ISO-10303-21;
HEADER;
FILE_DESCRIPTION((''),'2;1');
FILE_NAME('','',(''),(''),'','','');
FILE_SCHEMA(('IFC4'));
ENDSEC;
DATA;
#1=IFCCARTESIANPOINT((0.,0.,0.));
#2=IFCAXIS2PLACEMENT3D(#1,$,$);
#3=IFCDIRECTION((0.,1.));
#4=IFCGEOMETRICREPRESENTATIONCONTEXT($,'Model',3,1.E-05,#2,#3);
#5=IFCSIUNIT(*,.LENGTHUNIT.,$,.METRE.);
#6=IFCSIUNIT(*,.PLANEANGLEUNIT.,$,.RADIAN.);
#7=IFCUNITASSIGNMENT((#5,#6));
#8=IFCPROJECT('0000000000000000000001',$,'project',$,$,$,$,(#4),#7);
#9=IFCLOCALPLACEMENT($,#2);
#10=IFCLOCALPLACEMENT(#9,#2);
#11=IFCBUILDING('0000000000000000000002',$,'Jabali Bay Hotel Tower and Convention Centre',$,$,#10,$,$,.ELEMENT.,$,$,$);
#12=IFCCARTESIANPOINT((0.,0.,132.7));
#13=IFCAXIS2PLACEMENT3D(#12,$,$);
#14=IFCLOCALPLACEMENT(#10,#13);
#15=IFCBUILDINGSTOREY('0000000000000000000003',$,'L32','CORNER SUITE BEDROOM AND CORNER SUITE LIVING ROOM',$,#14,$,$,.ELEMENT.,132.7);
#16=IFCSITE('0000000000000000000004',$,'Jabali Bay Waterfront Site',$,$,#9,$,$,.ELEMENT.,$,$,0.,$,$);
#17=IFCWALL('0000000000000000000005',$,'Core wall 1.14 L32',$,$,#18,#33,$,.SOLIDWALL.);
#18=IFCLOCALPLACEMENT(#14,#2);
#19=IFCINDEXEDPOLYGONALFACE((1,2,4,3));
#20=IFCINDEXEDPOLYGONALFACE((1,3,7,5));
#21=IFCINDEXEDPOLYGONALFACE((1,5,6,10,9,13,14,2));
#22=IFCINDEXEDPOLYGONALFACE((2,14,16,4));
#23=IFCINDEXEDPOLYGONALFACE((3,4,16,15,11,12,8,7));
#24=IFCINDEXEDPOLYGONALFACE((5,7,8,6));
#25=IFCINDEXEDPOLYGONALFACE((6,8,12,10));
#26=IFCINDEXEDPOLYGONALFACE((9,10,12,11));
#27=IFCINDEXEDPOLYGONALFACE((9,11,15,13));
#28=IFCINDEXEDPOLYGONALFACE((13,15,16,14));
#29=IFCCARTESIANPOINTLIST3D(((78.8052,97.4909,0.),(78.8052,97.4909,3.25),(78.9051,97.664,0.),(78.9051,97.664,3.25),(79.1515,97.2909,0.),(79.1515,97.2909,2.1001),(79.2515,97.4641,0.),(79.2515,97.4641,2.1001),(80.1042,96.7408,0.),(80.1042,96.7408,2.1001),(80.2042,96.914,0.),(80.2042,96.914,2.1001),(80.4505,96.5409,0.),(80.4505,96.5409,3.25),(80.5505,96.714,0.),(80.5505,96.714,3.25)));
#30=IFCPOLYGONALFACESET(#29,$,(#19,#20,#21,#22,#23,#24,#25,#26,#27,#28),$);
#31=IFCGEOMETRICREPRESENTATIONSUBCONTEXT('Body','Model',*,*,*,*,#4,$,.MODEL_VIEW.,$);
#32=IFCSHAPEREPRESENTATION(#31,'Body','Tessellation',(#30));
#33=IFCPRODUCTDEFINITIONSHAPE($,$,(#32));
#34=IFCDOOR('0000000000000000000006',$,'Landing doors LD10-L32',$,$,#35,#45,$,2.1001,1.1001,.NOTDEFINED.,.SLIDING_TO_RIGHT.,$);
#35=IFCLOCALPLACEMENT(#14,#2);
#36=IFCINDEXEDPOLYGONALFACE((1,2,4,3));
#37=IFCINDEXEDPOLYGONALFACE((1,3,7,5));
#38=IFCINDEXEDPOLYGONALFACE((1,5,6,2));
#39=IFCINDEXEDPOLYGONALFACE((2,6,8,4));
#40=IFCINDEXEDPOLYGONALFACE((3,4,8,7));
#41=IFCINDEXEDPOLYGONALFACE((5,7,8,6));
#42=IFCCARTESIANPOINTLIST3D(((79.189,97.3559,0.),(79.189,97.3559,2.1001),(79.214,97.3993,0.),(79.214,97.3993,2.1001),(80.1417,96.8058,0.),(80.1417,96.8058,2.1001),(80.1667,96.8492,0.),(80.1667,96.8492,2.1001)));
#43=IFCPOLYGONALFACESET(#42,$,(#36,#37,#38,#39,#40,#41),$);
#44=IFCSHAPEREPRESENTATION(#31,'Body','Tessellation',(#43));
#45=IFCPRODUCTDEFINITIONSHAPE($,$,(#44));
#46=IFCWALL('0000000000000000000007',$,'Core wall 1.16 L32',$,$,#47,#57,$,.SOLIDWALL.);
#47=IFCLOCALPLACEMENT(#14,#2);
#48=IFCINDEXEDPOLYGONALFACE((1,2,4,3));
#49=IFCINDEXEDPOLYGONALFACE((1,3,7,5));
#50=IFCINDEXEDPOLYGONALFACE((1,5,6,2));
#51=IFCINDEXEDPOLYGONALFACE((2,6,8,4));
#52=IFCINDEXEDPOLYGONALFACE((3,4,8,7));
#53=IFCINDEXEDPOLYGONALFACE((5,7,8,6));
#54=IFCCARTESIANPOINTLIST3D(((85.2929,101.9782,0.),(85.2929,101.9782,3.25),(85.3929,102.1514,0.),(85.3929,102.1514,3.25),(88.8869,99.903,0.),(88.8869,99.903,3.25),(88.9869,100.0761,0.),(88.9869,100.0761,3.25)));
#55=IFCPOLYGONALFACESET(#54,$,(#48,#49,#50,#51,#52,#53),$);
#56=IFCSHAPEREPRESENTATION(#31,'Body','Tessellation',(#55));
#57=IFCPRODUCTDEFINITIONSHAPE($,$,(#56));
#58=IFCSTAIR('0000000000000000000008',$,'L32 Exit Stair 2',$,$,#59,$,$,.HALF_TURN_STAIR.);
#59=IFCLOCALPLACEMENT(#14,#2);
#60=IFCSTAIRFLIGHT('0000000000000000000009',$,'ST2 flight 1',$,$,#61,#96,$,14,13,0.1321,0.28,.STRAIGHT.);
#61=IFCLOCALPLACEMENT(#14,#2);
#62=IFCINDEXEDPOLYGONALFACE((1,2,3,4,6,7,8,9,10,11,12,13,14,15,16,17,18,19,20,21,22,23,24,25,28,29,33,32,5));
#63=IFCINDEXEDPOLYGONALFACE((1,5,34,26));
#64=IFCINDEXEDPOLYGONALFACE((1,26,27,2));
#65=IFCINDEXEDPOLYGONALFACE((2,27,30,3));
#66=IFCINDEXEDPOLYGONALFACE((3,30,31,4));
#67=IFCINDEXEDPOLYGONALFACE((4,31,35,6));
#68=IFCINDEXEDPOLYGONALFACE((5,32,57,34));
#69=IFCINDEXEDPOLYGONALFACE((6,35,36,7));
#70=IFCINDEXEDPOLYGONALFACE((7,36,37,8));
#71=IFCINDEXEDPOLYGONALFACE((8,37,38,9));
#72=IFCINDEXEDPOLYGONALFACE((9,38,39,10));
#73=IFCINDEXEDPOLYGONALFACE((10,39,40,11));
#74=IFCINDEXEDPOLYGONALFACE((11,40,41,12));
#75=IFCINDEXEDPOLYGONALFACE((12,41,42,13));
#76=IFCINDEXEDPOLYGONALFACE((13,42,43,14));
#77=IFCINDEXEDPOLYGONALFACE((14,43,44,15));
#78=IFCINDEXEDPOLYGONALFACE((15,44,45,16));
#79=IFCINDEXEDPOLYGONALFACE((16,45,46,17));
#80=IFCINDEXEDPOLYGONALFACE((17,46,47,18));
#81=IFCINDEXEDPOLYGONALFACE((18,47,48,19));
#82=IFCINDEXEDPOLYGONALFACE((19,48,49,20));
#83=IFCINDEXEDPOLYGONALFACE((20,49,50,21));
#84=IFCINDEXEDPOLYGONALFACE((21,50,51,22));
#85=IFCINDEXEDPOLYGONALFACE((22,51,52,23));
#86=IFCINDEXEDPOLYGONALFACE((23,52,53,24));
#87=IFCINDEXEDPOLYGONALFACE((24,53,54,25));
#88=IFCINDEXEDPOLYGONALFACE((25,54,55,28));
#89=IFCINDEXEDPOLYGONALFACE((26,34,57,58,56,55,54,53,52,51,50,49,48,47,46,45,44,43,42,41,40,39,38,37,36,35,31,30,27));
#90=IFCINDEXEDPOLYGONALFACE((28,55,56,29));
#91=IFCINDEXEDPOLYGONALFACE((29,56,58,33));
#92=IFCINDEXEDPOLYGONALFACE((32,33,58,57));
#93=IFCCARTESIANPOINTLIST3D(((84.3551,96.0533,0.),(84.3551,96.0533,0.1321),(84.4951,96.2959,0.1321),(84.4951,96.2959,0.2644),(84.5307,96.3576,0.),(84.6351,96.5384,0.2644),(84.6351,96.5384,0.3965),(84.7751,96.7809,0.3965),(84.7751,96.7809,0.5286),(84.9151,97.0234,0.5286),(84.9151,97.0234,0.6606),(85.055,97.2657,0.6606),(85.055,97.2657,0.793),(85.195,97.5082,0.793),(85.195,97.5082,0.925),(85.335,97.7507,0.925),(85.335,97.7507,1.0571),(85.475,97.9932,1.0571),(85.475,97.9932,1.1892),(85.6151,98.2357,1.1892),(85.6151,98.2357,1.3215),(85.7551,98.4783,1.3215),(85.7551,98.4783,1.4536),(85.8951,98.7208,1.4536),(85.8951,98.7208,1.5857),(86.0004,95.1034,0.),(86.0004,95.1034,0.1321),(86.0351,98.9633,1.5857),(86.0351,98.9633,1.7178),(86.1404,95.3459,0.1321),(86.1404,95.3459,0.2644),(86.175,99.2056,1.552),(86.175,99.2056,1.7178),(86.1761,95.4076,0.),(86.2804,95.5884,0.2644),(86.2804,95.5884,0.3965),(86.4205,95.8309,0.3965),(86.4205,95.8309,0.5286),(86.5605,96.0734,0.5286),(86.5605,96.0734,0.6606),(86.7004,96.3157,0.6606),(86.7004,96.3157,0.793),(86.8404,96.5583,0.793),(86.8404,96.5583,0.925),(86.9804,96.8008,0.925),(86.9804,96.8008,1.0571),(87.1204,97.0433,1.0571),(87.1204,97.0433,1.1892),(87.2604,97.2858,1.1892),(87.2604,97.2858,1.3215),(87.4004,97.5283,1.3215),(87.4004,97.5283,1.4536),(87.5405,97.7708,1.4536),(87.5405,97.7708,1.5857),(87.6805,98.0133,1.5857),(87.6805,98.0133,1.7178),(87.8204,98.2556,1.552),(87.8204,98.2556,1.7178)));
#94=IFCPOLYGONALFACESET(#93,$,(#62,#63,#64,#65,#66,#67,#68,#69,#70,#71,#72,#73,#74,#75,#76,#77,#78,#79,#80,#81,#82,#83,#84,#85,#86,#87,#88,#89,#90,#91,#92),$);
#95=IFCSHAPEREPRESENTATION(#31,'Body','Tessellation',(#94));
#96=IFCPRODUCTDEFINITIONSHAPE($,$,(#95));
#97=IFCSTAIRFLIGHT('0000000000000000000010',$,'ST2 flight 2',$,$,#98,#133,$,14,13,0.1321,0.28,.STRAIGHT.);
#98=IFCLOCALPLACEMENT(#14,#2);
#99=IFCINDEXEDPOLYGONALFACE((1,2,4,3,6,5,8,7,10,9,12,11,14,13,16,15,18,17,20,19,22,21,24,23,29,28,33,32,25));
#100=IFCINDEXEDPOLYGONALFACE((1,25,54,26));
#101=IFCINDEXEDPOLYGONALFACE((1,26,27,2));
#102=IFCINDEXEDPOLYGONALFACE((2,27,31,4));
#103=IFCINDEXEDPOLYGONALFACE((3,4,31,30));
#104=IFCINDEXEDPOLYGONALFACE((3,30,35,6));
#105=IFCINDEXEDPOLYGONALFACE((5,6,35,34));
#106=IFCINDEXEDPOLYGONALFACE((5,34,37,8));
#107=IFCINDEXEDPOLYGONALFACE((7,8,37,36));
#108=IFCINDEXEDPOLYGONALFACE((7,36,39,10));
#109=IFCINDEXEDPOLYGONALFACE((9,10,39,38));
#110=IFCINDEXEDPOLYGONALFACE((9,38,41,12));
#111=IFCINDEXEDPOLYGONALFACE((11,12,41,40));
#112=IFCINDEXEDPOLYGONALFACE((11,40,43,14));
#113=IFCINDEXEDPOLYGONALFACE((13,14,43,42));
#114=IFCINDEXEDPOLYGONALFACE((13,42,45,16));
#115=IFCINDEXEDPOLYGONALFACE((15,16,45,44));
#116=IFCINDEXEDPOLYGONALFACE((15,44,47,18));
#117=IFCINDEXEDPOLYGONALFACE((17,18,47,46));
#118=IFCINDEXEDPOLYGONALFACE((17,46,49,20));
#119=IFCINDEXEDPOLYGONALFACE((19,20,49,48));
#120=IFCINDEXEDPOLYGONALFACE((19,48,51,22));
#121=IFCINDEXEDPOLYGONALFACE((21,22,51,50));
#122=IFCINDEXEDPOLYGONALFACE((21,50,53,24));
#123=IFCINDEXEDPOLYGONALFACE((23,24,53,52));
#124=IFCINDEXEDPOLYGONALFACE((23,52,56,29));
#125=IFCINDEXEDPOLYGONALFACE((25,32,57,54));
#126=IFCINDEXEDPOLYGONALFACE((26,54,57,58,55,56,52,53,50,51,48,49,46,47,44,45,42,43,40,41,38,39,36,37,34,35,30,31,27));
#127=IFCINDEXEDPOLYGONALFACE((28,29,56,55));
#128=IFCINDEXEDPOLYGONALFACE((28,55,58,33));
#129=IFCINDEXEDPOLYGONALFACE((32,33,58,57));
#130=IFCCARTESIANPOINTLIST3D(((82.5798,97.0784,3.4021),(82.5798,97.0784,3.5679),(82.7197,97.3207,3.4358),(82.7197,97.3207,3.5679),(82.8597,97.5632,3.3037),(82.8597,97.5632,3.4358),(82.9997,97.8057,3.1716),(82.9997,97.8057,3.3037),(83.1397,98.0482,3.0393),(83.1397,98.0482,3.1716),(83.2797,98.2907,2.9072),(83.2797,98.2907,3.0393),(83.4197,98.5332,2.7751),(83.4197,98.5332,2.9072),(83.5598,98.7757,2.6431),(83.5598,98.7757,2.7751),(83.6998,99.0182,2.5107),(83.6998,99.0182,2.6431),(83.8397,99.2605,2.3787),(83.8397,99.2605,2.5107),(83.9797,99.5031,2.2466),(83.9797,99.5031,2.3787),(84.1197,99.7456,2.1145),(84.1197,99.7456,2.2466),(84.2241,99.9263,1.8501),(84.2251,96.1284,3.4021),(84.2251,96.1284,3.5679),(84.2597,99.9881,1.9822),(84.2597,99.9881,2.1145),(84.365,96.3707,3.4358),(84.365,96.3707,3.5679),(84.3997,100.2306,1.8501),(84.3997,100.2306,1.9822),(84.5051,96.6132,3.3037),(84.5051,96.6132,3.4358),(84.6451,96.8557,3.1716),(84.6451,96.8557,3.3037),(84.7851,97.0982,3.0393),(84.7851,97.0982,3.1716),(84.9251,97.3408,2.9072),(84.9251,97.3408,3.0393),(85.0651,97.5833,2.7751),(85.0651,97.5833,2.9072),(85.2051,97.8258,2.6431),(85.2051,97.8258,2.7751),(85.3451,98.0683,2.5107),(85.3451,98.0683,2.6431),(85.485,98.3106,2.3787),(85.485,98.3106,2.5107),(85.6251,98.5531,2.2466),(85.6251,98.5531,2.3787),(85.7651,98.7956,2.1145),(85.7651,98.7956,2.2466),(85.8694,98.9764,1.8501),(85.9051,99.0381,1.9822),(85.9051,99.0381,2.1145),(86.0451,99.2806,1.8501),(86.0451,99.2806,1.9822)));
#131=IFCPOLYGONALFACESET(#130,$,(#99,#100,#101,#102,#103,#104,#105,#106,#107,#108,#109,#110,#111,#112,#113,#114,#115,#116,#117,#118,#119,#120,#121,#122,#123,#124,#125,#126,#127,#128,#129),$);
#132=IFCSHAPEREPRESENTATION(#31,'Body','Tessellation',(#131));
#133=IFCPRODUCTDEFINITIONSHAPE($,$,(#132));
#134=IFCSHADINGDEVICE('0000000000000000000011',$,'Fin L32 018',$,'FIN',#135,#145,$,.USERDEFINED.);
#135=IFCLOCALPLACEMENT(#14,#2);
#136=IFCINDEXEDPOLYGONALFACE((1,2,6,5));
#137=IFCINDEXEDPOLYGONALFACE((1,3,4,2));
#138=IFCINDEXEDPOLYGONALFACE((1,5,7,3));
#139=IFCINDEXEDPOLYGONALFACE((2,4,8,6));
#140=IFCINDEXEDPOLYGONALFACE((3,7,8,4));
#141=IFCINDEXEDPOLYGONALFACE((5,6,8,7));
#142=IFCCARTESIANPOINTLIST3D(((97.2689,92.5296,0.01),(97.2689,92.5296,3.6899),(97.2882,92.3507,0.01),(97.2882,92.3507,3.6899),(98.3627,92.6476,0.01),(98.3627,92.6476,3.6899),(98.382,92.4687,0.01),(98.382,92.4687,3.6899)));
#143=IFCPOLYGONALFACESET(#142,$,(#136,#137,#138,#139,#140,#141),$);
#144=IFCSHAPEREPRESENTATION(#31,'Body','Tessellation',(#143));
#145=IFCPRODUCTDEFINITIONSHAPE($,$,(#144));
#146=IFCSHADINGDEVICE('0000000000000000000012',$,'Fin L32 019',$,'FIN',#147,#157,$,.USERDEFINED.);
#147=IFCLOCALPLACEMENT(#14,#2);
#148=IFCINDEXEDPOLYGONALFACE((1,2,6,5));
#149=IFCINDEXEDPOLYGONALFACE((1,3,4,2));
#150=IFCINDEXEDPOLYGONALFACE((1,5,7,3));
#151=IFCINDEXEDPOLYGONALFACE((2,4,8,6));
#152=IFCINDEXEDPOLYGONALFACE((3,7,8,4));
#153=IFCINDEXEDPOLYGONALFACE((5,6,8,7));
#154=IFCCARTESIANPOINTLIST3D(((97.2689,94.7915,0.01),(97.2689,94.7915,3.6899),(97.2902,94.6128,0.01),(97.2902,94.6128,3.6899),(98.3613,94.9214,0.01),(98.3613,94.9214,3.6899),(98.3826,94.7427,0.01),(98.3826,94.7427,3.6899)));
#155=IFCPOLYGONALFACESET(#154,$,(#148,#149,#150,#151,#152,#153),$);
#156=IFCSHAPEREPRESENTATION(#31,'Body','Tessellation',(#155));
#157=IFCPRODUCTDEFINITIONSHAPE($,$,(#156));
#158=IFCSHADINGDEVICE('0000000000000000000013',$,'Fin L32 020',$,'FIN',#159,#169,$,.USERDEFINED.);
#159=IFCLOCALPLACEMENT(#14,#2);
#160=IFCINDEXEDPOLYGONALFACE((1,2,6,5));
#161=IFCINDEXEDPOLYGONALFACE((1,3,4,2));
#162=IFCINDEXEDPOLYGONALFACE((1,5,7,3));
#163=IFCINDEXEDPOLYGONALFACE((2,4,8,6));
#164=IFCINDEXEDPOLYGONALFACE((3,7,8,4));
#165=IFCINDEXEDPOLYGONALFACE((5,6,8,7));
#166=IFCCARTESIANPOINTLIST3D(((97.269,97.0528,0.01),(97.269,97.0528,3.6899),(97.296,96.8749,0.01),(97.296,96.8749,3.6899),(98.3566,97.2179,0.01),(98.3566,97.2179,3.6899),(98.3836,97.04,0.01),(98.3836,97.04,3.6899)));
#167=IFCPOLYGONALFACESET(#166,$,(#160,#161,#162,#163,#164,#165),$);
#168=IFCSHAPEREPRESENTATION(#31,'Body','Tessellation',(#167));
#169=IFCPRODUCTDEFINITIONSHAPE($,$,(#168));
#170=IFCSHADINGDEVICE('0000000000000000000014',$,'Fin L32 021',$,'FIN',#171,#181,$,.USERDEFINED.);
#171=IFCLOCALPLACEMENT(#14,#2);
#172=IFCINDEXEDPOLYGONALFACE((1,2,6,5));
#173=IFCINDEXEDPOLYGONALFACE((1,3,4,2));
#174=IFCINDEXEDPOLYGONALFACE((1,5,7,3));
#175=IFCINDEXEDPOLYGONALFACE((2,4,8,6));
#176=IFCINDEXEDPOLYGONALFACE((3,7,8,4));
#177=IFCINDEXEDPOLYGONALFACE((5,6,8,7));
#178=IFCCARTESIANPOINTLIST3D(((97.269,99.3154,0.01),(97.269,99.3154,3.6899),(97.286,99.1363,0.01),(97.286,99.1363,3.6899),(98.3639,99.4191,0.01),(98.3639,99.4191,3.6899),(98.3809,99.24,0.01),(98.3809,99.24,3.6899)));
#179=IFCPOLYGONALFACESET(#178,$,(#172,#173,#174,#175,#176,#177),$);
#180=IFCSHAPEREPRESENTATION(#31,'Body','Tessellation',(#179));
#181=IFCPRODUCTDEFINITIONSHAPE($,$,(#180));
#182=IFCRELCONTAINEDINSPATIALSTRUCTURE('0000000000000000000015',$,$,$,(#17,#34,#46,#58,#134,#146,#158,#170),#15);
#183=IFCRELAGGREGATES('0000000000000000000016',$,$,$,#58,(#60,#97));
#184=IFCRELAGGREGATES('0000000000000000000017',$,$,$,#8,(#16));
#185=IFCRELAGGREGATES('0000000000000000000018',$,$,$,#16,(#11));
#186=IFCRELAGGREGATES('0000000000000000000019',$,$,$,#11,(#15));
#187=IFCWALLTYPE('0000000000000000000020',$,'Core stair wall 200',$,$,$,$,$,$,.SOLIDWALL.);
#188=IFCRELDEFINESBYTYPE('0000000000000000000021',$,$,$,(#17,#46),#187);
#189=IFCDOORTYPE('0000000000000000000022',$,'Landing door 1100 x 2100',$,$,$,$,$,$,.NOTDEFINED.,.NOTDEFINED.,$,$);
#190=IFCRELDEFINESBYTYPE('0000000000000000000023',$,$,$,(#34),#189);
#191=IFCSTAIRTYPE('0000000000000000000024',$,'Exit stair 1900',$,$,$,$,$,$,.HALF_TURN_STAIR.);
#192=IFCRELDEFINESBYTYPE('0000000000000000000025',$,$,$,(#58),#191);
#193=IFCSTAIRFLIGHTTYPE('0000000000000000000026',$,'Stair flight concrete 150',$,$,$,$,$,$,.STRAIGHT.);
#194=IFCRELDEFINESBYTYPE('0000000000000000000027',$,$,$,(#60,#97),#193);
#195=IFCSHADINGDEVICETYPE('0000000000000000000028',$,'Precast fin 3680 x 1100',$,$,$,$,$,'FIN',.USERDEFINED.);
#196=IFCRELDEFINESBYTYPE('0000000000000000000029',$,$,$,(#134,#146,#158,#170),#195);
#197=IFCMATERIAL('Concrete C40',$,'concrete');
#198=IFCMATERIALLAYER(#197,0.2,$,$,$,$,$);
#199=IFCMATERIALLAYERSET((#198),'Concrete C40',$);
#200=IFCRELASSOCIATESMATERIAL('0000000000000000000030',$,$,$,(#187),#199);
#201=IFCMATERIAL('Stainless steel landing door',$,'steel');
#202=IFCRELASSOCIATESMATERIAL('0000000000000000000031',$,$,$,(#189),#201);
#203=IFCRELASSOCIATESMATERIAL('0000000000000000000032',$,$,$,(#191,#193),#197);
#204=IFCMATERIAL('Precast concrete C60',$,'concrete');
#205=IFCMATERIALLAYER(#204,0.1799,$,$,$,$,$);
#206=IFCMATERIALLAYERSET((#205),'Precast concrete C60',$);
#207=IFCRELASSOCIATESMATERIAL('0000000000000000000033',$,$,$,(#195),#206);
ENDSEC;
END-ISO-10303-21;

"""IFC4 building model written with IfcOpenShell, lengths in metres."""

from ifc_helpers import new_model, si_unit, direction, frame, frame_2d, origin, place, context, subcontext, project, spatial, polyline, rectangle, outline, extrude, material, layer, layer_set, type_object, element, fill, aggregate, save


model = new_model("IFC4")

# Units and contexts
model_context = context("Model", 3, precision=1e-05, world=origin(), true_north=direction((0.0, 1.0)))
body_context = subcontext(model_context, "Body", "Model", "MODEL_VIEW")
ifc_project = project(units=[si_unit("LENGTHUNIT", "METRE"), si_unit("PLANEANGLEUNIT", "RADIAN")], contexts=[model_context])

# Site, building, storey
site_placement = place(None, origin())
site = spatial("IfcSite", under=ifc_project, at=site_placement, Name="Jabali Bay Waterfront Site", CompositionType="ELEMENT", RefElevation=0.0)
building_placement = place(site_placement, origin())
building = spatial("IfcBuilding", under=site, at=building_placement, Name="Jabali Bay Hotel Tower and Convention Centre", CompositionType="ELEMENT")
storey_placement = place(building_placement, frame((0.0, 0.0, 132.7)))
storey = spatial("IfcBuildingStorey", under=building, at=storey_placement, Name="L32", Description="CORNER SUITE BEDROOM AND CORNER SUITE LIVING ROOM", CompositionType="ELEMENT", Elevation=132.7)

# Shared definitions
ifc_material_1 = material(Name="Concrete C40", Category="concrete")

# Shared definitions
ifc_layer_1 = layer(ifc_material_1, 0.2)
ifc_layer_set_1 = layer_set([ifc_layer_1], Name="Concrete C40")
wall_type_1 = type_object("IfcWallType", Name="Core stair wall 200", PredefinedType="SOLIDWALL", material=ifc_layer_set_1)

# Wall, opening, door
wall_1_placement = place(storey_placement, frame((80.5005, 96.6274, 0.0), z_axis=(0.0, 0.0, 1.0), x_axis=(-0.866012, 0.500023, 0.0)))
wall_1 = element("IfcWall", 1, at=wall_1_placement, inside=storey, type_object=wall_type_1, Name="Core wall 1.14 L32", PredefinedType="SOLIDWALL", context=body_context, shape_type="SweptSolid", body=[
    extrude(rectangle(XDim=1.8999, YDim=0.2, at=frame_2d((0.95, 0.0))), origin(), (0.0, 0.0, 1.0), 3.25),
])
opening_1_placement = place(wall_1_placement, frame((0.3999, 0.0, 0.0)))
opening_1 = element("IfcOpeningElement", 2, at=opening_1_placement, cuts=wall_1, PredefinedType="OPENING", context=body_context, shape_type="SweptSolid", body=[
    extrude(rectangle(XDim=1.1001, YDim=2.1001, at=frame_2d((0.55, 1.05))), frame((0.0, 0.1104, 0.0), z_axis=(0.0, -1.0, 0.0), x_axis=(1.0, 0.0, 0.0)), (0.0, 0.0, 1.0), 0.2209),
])
ifc_material_2 = material(Name="Stainless steel landing door", Category="steel")
door_type_1 = type_object("IfcDoorType", Name="Landing door 1100 x 2100", OperationType="NOTDEFINED", PredefinedType="NOTDEFINED", material=ifc_material_2)
door_1_placement = place(opening_1_placement, origin())
door_1 = element("IfcDoor", 3, at=door_1_placement, inside=storey, type_object=door_type_1, Name="Landing doors LD10-L32", OperationType="SLIDING_TO_RIGHT", OverallHeight=2.1001, OverallWidth=1.1001, PredefinedType="NOTDEFINED", context=body_context, shape_type="SweptSolid", body=[
    extrude(rectangle(XDim=1.1001, YDim=2.1001, at=frame_2d((0.55, 1.05))), frame((0.0, 0.0249, 0.0), z_axis=(0.0, -1.0, 0.0), x_axis=(1.0, 0.0, 0.0)), (0.0, 0.0, 1.0), 0.05),
])
fill(opening_1, door_1)

# Wall
wall_2_placement = place(storey_placement, frame((88.937, 99.9895, 0.0), z_axis=(0.0, 0.0, 1.0), x_axis=(-0.866004, 0.500036, 0.0)))
element("IfcWall", 4, at=wall_2_placement, inside=storey, type_object=wall_type_1, Name="Core wall 1.16 L32", PredefinedType="SOLIDWALL", context=body_context, shape_type="SweptSolid", body=[
    extrude(rectangle(XDim=4.1501, YDim=0.2, at=frame_2d((2.0752, 0.0))), origin(), (0.0, 0.0, 1.0), 3.25),
])

# Stair, stair flights
stair_type = type_object("IfcStairType", Name="Exit stair 1900", PredefinedType="HALF_TURN_STAIR", material=ifc_material_1)
stair_placement = place(storey_placement, origin())
stair = element("IfcStair", 5, at=stair_placement, inside=storey, type_object=stair_type, Name="L32 Exit Stair 2", PredefinedType="HALF_TURN_STAIR")
stair_flight_type = type_object("IfcStairFlightType", Name="Stair flight concrete 150", PredefinedType="STRAIGHT", material=ifc_material_1)
stair_flight_1_placement = place(storey_placement, frame((85.1777, 95.5784, 0.0), z_axis=(0.0, 0.0, 1.0), x_axis=(0.5, 0.866025, 0.0)))
stair_flight_1 = element("IfcStairFlight", 6, at=stair_flight_1_placement, type_object=stair_flight_type, Name="ST2 flight 1", NumberOfRisers=14, NumberOfTreads=13, PredefinedType="STRAIGHT", RiserHeight=0.1321, TreadLength=0.28, context=body_context, shape_type="SweptSolid", body=[
    extrude(outline(polyline([(0.0, 0.0), (0.0, 0.1321), (0.28, 0.1321), (0.28, 0.2644), (0.5601, 0.2644), (0.5601, 0.3965), (0.8401, 0.3965), (0.8401, 0.5286), (1.1201, 0.5286), (1.1201, 0.6606), (1.3999, 0.6606), (1.3999, 0.793), (1.6799, 0.793), (1.6799, 0.925), (1.96, 0.925), (1.96, 1.0571), (2.24, 1.0571), (2.24, 1.1892), (2.52, 1.1892), (2.52, 1.3215), (2.8, 1.3215), (2.8, 1.4536), (3.0801, 1.4536), (3.0801, 1.5857), (3.3601, 1.5857), (3.3601, 1.7178), (3.6399, 1.7178), (3.6399, 1.8501), (3.6399, 1.552), (0.3513, 0.0), (0.0, 0.0)])), frame((0.0, 0.95, 0.0), z_axis=(0.0, -1.0, 0.0), x_axis=(1.0, 0.0, 0.0)), (0.0, 0.0, 1.0), 1.8999),
])
stair_flight_2_placement = place(storey_placement, frame((85.2224, 99.7556, 1.8501), z_axis=(0.0, 0.0, 1.0), x_axis=(-0.5, -0.866025, 0.0)))
stair_flight_2 = element("IfcStairFlight", 7, at=stair_flight_2_placement, type_object=stair_flight_type, Name="ST2 flight 2", NumberOfRisers=14, NumberOfTreads=13, PredefinedType="STRAIGHT", RiserHeight=0.1321, TreadLength=0.28, context=body_context, shape_type="SweptSolid", body=[
    extrude(outline(polyline([(0.0, 0.0), (0.0, 0.1321), (0.28, 0.1321), (0.28, 0.2644), (0.5601, 0.2644), (0.5601, 0.3965), (0.8401, 0.3965), (0.8401, 0.5286), (1.1201, 0.5286), (1.1201, 0.6606), (1.3999, 0.6606), (1.3999, 0.793), (1.6799, 0.793), (1.6799, 0.925), (1.96, 0.925), (1.96, 1.0571), (2.24, 1.0571), (2.24, 1.1892), (2.52, 1.1892), (2.52, 1.3215), (2.8, 1.3215), (2.8, 1.4536), (3.0801, 1.4536), (3.0801, 1.5857), (3.3601, 1.5857), (3.3601, 1.7178), (3.6399, 1.7178), (3.6399, 1.8501), (3.6399, 1.552), (0.3513, 0.0), (0.0, 0.0)])), frame((0.0, 0.95, 0.0), z_axis=(0.0, -1.0, 0.0), x_axis=(1.0, 0.0, 0.0)), (0.0, 0.0, 1.0), 1.8999),
])
aggregate(stair, [stair_flight_1, stair_flight_2])

# Shading devices
ifc_material_3 = material(Name="Precast concrete C60", Category="concrete")
ifc_layer_2 = layer(ifc_material_3, 0.1799)
ifc_layer_set_2 = layer_set([ifc_layer_2], Name="Precast concrete C60")
shading_device_type = type_object("IfcShadingDeviceType", Name="Precast fin 3680 x 1100", ElementType="FIN", PredefinedType="USERDEFINED", material=ifc_layer_set_2)
for number, where, z_axis, x_axis, name in (
    (8, (97.2786, 92.4402, 0.01), (0.0, 0.0, 1.0), (0.994238, 0.107191, 0.0), "Fin L32 018"),
    (9, (97.2795, 94.7021, 0.01), (0.0, 0.0, 1.0), (0.993004, 0.118077, 0.0), "Fin L32 019"),
    (10, (97.2825, 96.9639, 0.01), (0.0, 0.0, 1.0), (0.988683, 0.150022, 0.0), "Fin L32 020"),
):
    element("IfcShadingDevice", number, at=place(storey_placement, frame(where, z_axis=z_axis, x_axis=x_axis)), inside=storey, type_object=shading_device_type, Name=name, ObjectType="FIN", PredefinedType="USERDEFINED", context=body_context, shape_type="SweptSolid", body=[
        extrude(rectangle(XDim=1.1001, YDim=0.1799, at=frame_2d((0.55, 0.0))), origin(), (0.0, 0.0, 1.0), 3.6799),
    ])
for number, where, z_axis, x_axis, name in (
    (11, (97.2776, 99.2258, 0.01), (0.0, 0.0, 1.0), (0.99554, 0.094338, 0.0), "Fin L32 021"),
):
    element("IfcShadingDevice", number, at=place(storey_placement, frame(where, z_axis=z_axis, x_axis=x_axis)), inside=storey, type_object=shading_device_type, Name=name, ObjectType="FIN", PredefinedType="USERDEFINED", context=body_context, shape_type="SweptSolid", body=[
        extrude(rectangle(XDim=1.0999, YDim=0.1799, at=frame_2d((0.5498, 0.0))), origin(), (0.0, 0.0, 1.0), 3.6799),
    ])

save(model, "model.ifc")
